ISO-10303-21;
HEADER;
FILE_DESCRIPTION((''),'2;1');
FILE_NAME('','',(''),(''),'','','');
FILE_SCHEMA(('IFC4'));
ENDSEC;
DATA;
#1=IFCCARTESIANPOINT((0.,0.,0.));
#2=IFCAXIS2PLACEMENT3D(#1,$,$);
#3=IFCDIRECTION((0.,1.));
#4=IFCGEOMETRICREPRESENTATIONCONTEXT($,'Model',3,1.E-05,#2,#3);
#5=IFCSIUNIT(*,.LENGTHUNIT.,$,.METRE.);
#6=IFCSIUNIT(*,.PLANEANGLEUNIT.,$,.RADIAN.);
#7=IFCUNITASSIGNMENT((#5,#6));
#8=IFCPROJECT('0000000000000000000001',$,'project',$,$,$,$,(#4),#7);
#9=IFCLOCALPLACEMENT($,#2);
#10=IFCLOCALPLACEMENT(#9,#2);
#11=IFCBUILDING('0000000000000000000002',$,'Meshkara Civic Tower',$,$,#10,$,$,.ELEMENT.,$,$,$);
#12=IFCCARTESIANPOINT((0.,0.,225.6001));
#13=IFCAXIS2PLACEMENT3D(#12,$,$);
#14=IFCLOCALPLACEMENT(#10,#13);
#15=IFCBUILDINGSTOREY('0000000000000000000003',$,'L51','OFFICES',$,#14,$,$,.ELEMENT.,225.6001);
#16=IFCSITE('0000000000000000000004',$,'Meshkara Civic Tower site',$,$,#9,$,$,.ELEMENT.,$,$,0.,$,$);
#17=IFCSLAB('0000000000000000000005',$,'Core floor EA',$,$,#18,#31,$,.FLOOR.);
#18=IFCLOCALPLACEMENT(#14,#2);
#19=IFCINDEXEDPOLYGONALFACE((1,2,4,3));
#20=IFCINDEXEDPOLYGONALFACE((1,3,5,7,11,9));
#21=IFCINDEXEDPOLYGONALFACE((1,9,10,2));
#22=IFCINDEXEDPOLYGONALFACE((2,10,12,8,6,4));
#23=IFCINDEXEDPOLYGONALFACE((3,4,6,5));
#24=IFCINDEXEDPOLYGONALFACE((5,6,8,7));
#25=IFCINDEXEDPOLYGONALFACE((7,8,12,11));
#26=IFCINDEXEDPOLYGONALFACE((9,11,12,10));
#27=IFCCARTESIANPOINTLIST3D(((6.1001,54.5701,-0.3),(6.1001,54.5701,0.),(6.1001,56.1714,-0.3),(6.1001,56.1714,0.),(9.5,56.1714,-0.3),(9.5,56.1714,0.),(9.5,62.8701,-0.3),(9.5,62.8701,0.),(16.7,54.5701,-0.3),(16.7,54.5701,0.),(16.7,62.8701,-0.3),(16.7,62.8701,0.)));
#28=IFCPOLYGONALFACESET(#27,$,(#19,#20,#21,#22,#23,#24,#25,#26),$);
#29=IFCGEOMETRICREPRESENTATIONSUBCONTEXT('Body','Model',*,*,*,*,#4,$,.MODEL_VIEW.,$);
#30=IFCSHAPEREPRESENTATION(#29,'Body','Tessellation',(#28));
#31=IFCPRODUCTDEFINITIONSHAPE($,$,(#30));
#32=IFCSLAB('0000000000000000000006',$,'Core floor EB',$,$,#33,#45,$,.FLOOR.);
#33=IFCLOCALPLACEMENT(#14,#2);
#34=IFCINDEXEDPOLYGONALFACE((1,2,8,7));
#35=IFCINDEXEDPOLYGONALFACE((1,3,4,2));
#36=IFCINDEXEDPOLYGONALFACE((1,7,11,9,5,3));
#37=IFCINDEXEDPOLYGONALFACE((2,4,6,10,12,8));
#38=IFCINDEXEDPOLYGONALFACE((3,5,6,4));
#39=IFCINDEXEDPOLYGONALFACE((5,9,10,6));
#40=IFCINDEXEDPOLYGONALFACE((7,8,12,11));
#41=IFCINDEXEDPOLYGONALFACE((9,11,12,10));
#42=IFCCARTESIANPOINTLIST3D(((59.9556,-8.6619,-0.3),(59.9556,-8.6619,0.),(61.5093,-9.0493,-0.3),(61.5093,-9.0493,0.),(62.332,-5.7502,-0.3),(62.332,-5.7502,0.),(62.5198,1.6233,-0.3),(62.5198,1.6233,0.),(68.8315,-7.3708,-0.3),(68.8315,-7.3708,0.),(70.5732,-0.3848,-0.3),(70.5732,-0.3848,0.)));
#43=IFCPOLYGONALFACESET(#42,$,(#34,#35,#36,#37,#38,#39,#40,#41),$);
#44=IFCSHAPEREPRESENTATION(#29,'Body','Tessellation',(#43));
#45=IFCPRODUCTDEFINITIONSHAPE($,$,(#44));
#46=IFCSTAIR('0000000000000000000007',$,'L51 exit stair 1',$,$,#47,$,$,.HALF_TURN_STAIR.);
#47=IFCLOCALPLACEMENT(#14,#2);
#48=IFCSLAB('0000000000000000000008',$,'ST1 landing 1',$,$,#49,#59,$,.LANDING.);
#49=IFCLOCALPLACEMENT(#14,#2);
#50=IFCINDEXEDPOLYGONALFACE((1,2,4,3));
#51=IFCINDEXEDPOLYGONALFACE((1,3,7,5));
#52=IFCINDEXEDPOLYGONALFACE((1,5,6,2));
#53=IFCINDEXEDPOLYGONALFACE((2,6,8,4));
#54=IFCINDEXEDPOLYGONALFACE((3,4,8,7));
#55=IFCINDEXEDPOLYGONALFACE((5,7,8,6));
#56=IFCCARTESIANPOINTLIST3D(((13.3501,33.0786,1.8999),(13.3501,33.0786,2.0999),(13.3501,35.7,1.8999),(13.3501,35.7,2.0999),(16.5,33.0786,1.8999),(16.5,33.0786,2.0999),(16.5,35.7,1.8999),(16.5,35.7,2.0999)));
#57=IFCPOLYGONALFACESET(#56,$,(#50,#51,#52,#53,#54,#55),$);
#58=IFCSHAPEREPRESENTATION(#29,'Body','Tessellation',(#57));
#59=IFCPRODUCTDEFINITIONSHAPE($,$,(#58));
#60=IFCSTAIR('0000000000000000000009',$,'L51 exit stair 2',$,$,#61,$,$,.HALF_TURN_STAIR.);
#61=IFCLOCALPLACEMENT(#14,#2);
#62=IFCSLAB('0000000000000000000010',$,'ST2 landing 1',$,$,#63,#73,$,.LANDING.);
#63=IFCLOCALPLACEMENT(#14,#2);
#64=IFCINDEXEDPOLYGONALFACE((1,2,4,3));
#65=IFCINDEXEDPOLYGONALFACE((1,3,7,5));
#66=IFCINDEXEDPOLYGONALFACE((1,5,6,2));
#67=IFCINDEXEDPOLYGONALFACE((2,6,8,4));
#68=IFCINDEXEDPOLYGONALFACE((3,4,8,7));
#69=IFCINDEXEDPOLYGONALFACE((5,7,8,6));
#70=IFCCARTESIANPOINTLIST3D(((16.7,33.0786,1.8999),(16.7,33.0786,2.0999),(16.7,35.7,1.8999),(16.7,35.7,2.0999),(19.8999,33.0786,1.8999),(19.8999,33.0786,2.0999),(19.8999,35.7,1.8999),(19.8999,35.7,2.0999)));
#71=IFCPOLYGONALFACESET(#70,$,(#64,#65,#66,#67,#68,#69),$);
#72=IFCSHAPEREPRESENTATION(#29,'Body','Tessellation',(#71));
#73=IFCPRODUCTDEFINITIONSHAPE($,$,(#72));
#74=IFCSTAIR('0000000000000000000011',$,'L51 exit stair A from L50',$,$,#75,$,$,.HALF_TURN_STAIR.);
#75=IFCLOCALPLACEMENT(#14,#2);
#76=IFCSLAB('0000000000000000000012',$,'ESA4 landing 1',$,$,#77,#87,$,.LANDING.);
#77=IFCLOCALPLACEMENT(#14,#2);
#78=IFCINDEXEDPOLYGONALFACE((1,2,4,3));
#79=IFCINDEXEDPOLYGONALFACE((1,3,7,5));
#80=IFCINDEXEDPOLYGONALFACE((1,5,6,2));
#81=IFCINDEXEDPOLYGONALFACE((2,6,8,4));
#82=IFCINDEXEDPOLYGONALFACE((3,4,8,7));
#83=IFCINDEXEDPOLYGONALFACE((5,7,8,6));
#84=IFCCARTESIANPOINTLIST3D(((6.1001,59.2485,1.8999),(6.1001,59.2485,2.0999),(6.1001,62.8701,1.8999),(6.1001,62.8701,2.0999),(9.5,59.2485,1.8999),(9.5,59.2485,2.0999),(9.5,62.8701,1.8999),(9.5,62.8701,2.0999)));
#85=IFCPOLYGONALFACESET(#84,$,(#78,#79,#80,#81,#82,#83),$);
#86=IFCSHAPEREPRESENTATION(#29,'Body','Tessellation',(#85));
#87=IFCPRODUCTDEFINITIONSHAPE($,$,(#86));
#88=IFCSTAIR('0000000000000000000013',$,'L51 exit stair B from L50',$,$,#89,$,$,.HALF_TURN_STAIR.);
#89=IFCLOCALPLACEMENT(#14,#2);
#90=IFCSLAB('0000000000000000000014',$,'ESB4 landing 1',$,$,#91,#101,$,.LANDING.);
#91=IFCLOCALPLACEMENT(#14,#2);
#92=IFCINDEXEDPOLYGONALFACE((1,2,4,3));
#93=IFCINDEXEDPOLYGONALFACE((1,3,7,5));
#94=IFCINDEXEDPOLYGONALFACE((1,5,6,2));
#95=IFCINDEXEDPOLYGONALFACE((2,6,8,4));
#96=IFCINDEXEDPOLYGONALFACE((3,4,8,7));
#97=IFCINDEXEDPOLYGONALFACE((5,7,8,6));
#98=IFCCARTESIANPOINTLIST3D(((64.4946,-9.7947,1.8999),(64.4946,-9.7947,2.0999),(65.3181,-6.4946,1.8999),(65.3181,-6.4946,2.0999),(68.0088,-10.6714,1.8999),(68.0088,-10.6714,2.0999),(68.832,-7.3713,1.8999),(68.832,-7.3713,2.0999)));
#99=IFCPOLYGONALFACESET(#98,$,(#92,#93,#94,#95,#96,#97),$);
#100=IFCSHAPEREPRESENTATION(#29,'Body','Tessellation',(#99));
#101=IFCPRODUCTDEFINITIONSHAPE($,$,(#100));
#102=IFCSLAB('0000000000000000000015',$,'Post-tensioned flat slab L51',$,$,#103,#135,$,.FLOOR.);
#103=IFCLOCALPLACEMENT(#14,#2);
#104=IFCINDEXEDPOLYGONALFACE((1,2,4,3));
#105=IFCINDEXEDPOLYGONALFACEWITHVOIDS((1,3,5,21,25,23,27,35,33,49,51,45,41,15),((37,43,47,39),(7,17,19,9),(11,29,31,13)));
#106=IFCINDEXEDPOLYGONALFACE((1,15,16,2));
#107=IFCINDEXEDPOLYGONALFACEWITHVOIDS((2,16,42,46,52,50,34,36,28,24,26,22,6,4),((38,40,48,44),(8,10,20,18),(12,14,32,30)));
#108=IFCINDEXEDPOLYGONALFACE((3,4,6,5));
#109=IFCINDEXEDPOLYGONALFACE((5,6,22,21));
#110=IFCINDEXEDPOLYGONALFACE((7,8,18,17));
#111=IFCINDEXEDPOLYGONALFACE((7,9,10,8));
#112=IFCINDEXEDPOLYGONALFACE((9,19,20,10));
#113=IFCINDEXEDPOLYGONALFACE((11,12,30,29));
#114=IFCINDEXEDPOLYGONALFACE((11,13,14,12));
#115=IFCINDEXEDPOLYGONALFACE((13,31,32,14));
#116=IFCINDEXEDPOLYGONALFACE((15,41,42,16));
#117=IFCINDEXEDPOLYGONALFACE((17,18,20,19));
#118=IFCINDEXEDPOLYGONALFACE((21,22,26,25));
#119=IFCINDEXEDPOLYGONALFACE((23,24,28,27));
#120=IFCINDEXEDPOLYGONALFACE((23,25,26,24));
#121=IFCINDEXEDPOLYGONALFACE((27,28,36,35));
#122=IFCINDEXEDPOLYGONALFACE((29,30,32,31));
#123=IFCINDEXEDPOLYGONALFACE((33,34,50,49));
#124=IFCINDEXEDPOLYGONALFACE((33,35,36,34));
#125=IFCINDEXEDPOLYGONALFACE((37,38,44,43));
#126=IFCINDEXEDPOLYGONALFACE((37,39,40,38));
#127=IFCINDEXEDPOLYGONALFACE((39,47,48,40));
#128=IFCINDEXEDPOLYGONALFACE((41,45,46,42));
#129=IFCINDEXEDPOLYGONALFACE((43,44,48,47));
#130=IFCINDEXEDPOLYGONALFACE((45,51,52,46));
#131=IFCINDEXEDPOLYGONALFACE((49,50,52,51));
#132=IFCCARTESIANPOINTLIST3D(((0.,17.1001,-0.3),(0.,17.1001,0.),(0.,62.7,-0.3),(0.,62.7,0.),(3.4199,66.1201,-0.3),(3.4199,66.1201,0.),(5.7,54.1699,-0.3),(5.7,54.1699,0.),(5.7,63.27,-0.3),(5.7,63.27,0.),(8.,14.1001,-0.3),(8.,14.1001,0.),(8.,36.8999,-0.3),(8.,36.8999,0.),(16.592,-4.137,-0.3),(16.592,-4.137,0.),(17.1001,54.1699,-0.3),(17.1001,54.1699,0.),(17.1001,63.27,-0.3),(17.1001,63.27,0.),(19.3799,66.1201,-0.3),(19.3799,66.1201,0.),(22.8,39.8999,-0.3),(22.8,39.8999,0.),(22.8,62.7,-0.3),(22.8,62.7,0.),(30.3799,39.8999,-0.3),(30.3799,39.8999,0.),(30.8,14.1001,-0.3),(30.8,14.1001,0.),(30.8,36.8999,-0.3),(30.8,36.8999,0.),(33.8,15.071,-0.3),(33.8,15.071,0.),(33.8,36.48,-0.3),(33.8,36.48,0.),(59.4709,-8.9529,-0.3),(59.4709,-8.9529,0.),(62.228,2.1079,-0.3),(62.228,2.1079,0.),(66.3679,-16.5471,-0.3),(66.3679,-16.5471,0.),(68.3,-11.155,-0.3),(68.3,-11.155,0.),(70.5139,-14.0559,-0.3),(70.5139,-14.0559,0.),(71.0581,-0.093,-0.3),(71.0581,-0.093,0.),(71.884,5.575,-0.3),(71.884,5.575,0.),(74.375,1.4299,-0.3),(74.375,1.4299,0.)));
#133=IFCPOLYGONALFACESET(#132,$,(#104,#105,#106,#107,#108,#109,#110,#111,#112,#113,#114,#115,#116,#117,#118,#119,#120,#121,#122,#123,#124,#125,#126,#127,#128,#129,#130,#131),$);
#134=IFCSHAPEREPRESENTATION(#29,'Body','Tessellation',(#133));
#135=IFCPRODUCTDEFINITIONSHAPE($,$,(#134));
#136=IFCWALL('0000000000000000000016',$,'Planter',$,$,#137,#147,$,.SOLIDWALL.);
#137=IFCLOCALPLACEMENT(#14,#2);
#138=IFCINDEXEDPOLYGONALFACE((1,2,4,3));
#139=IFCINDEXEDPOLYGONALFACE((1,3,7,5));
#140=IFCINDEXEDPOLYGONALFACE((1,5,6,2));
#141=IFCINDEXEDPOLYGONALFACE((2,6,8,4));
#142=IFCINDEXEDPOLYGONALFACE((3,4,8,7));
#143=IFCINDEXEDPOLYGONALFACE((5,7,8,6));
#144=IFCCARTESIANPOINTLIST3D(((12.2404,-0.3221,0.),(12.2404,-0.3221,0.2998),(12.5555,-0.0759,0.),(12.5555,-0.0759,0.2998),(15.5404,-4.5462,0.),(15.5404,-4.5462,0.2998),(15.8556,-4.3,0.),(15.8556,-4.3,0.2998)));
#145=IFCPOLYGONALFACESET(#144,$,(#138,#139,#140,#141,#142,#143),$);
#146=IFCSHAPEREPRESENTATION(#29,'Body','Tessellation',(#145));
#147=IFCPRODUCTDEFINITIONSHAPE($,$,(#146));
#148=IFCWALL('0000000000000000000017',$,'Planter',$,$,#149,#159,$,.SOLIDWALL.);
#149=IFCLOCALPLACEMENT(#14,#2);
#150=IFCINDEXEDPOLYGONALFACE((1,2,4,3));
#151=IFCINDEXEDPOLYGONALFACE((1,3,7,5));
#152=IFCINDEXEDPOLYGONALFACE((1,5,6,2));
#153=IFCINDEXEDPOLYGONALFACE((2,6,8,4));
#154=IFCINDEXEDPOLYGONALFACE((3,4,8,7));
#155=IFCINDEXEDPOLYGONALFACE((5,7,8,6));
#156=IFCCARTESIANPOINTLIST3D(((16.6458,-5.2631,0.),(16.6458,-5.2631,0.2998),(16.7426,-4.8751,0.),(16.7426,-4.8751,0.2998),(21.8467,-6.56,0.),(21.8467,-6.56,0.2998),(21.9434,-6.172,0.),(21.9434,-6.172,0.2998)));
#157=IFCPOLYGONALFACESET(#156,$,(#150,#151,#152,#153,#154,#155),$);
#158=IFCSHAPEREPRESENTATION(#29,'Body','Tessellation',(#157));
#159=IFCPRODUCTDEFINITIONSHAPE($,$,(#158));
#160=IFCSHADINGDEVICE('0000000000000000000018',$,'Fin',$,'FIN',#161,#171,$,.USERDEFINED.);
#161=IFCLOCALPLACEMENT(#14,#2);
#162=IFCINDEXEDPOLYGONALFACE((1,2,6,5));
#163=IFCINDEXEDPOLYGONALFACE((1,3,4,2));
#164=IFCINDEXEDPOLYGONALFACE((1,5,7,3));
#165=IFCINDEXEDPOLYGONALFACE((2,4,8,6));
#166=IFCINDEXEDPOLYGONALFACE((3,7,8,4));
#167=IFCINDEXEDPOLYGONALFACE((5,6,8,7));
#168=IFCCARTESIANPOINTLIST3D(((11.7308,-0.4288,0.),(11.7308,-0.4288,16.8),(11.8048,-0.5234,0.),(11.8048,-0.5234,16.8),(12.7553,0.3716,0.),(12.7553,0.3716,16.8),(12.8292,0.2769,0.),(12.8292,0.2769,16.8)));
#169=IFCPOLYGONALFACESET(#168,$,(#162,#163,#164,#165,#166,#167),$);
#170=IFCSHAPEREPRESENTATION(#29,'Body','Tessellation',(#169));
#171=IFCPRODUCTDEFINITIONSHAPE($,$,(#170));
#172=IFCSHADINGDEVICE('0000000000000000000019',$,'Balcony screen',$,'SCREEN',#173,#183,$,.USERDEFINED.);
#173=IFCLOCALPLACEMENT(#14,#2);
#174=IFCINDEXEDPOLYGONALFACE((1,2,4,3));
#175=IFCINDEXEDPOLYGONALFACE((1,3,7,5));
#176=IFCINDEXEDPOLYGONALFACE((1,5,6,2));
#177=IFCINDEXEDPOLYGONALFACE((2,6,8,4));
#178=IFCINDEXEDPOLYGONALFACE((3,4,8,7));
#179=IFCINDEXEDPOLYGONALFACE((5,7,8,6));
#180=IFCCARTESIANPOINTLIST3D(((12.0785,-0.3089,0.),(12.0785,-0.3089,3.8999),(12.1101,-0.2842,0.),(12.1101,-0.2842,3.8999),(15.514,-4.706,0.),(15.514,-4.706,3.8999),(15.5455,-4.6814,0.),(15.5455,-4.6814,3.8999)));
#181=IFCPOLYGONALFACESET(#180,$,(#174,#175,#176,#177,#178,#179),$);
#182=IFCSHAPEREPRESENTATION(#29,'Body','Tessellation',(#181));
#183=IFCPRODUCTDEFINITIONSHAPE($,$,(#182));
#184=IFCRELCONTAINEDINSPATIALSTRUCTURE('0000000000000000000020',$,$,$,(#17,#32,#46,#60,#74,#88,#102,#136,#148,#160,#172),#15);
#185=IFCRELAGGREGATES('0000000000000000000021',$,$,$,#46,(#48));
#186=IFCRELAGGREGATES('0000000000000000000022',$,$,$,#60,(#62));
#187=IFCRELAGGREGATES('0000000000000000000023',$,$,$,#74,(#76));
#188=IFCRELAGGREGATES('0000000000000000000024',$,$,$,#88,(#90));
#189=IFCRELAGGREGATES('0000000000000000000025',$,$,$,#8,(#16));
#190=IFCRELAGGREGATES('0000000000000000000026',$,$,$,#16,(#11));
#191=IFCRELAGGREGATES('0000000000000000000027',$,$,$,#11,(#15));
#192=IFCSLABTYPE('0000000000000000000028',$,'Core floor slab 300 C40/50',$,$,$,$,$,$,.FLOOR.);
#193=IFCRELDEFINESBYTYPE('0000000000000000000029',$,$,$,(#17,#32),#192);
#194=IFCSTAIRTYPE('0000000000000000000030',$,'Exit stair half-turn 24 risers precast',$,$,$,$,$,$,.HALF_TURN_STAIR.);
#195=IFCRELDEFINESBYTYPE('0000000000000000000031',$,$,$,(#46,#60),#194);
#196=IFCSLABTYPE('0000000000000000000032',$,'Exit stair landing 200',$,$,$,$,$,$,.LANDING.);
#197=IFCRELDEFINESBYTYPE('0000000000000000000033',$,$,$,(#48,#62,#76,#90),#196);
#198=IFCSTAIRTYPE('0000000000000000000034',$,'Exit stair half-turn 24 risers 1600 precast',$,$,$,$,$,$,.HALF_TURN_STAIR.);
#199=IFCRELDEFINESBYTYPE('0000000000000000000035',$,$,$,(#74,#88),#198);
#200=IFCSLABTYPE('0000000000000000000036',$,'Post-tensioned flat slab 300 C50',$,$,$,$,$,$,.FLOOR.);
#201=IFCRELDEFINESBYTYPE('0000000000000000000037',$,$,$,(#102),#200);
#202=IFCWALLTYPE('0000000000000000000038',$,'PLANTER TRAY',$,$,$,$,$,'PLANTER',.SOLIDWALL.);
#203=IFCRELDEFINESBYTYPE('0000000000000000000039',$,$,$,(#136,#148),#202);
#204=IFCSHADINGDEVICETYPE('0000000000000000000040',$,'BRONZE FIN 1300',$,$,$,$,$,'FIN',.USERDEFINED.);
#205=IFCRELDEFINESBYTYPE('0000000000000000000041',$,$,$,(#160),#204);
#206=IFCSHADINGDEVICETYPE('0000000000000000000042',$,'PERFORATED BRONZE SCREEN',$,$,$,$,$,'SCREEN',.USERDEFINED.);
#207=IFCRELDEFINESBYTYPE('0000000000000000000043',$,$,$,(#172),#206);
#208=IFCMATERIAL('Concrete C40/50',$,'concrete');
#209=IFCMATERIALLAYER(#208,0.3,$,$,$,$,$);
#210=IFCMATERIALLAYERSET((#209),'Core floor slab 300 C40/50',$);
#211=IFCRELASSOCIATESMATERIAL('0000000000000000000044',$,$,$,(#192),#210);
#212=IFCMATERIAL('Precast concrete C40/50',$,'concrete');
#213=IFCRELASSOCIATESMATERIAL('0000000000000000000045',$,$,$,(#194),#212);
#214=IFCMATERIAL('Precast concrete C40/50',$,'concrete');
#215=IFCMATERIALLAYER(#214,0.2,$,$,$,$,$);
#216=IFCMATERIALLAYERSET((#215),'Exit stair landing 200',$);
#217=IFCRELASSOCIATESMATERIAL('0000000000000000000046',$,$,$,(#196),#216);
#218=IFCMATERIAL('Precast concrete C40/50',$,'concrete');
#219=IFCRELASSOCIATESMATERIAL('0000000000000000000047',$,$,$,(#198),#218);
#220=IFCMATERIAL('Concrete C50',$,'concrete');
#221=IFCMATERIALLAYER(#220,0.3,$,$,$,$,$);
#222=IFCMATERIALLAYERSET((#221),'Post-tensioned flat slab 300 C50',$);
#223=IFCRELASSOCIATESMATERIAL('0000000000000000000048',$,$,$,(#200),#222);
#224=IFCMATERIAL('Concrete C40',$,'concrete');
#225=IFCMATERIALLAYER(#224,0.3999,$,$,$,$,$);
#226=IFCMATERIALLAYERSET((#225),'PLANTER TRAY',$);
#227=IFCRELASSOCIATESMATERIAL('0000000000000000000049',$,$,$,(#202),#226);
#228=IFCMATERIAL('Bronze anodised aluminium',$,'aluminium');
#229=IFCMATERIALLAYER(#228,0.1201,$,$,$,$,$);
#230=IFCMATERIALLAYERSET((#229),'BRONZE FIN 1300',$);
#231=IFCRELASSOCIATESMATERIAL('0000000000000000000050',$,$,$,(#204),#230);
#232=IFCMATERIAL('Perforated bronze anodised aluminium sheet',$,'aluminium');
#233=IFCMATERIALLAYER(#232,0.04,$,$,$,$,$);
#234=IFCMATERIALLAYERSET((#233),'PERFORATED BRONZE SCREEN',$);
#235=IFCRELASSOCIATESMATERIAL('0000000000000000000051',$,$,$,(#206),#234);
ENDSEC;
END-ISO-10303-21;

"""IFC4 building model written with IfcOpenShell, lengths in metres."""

from ifc_helpers import new_model, si_unit, direction, frame, frame_2d, origin, origin_2d, place, context, subcontext, project, spatial, polyline, rectangle, outline, extrude, material, layer, layer_set, type_object, element, aggregate, save


model = new_model("IFC4")

# Units and contexts
model_context = context("Model", 3, precision=1e-05, world=origin(), true_north=direction((0.0, 1.0)))
body_context = subcontext(model_context, "Body", "Model", "MODEL_VIEW")
ifc_project = project(units=[si_unit("LENGTHUNIT", "METRE"), si_unit("PLANEANGLEUNIT", "RADIAN")], contexts=[model_context])

# Site, building, storey
site_placement = place(None, origin())
site = spatial("IfcSite", under=ifc_project, at=site_placement, Name="Meshkara Civic Tower site", CompositionType="ELEMENT", RefElevation=0.0)
building_placement = place(site_placement, origin())
building = spatial("IfcBuilding", under=site, at=building_placement, Name="Meshkara Civic Tower", CompositionType="ELEMENT")
storey_placement = place(building_placement, frame((0.0, 0.0, 225.6001)))
storey = spatial("IfcBuildingStorey", under=building, at=storey_placement, Name="L51", Description="OFFICES", CompositionType="ELEMENT", Elevation=225.6001)

# Slabs
ifc_material_1 = material(Name="Concrete C40/50", Category="concrete")
ifc_layer_1 = layer(ifc_material_1, 0.3)
ifc_layer_set_1 = layer_set([ifc_layer_1], Name="Core floor slab 300 C40/50")
slab_type_1 = type_object("IfcSlabType", Name="Core floor slab 300 C40/50", PredefinedType="FLOOR", material=ifc_layer_set_1)
slab_1_placement = place(storey_placement, frame((0.0, 0.0, -0.3)))
element("IfcSlab", 1, at=slab_1_placement, inside=storey, type_object=slab_type_1, Name="Core floor EA", PredefinedType="FLOOR", context=body_context, shape_type="SweptSolid", body=[
    extrude(outline(polyline([(16.7, 54.5701), (16.7, 62.8701), (9.5, 62.8701), (9.5, 56.1714), (6.1001, 56.1714), (6.1001, 54.5701), (16.7, 54.5701)])), origin(), (0.0, 0.0, 1.0), 0.3),
])
slab_2_placement = place(storey_placement, frame((0.0, 0.0, -0.3)))
element("IfcSlab", 2, at=slab_2_placement, inside=storey, type_object=slab_type_1, Name="Core floor EB", PredefinedType="FLOOR", context=body_context, shape_type="SweptSolid", body=[
    extrude(outline(polyline([(62.5198, 1.6233), (70.5732, -0.3848), (68.8315, -7.3708), (62.332, -5.7502), (61.5093, -9.0493), (59.9556, -8.6619), (62.5198, 1.6233)])), origin(), (0.0, 0.0, 1.0), 0.3),
])

# Stairs, slabs
ifc_material_2 = material(Name="Precast concrete C40/50", Category="concrete")
stair_type_1 = type_object("IfcStairType", Name="Exit stair half-turn 24 risers precast", PredefinedType="HALF_TURN_STAIR", material=ifc_material_2)
stair_1_placement = place(storey_placement, origin())
stair_1 = element("IfcStair", 3, at=stair_1_placement, inside=storey, type_object=stair_type_1, Name="L51 exit stair 1", PredefinedType="HALF_TURN_STAIR")
ifc_material_3 = material(Name="Precast concrete C40/50", Category="concrete")
ifc_layer_2 = layer(ifc_material_3, 0.2)
ifc_layer_set_2 = layer_set([ifc_layer_2], Name="Exit stair landing 200")
slab_type_2 = type_object("IfcSlabType", Name="Exit stair landing 200", PredefinedType="LANDING", material=ifc_layer_set_2)
slab_3_placement = place(storey_placement, frame((0.0, 0.0, 1.8999)))
slab_3 = element("IfcSlab", 4, at=slab_3_placement, type_object=slab_type_2, Name="ST1 landing 1", PredefinedType="LANDING", context=body_context, shape_type="SweptSolid", body=[
    extrude(outline(polyline([(16.5, 33.0786), (16.5, 35.7), (13.3501, 35.7), (13.3501, 33.0786), (16.5, 33.0786)])), origin(), (0.0, 0.0, 1.0), 0.2),
])
aggregate(stair_1, [slab_3])
stair_2_placement = place(storey_placement, origin())
stair_2 = element("IfcStair", 5, at=stair_2_placement, inside=storey, type_object=stair_type_1, Name="L51 exit stair 2", PredefinedType="HALF_TURN_STAIR")
slab_4_placement = place(storey_placement, frame((0.0, 0.0, 1.8999)))
slab_4 = element("IfcSlab", 6, at=slab_4_placement, type_object=slab_type_2, Name="ST2 landing 1", PredefinedType="LANDING", context=body_context, shape_type="SweptSolid", body=[
    extrude(outline(polyline([(19.8999, 33.0786), (19.8999, 35.7), (16.7, 35.7), (16.7, 33.0786), (19.8999, 33.0786)])), origin(), (0.0, 0.0, 1.0), 0.2),
])
aggregate(stair_2, [slab_4])
ifc_material_4 = material(Name="Precast concrete C40/50", Category="concrete")
stair_type_2 = type_object("IfcStairType", Name="Exit stair half-turn 24 risers 1600 precast", PredefinedType="HALF_TURN_STAIR", material=ifc_material_4)
stair_3_placement = place(storey_placement, origin())
stair_3 = element("IfcStair", 7, at=stair_3_placement, inside=storey, type_object=stair_type_2, Name="L51 exit stair A from L50", PredefinedType="HALF_TURN_STAIR")
slab_5_placement = place(storey_placement, frame((0.0, 0.0, 1.8999)))
slab_5 = element("IfcSlab", 8, at=slab_5_placement, type_object=slab_type_2, Name="ESA4 landing 1", PredefinedType="LANDING", context=body_context, shape_type="SweptSolid", body=[
    extrude(outline(polyline([(9.5, 59.2485), (9.5, 62.8701), (6.1001, 62.8701), (6.1001, 59.2485), (9.5, 59.2485)])), origin(), (0.0, 0.0, 1.0), 0.2),
])
aggregate(stair_3, [slab_5])
stair_4_placement = place(storey_placement, origin())
stair_4 = element("IfcStair", 9, at=stair_4_placement, inside=storey, type_object=stair_type_2, Name="L51 exit stair B from L50", PredefinedType="HALF_TURN_STAIR")
slab_6_placement = place(storey_placement, frame((0.0, 0.0, 1.8999)))
slab_6 = element("IfcSlab", 10, at=slab_6_placement, type_object=slab_type_2, Name="ESB4 landing 1", PredefinedType="LANDING", context=body_context, shape_type="SweptSolid", body=[
    extrude(outline(polyline([(64.4946, -9.7947), (68.0088, -10.6714), (68.832, -7.3713), (65.3181, -6.4946), (64.4946, -9.7947)])), origin(), (0.0, 0.0, 1.0), 0.2),
])
aggregate(stair_4, [slab_6])

# Slab
ifc_material_5 = material(Name="Concrete C50", Category="concrete")
ifc_layer_3 = layer(ifc_material_5, 0.3)
ifc_layer_set_3 = layer_set([ifc_layer_3], Name="Post-tensioned flat slab 300 C50")
slab_type_3 = type_object("IfcSlabType", Name="Post-tensioned flat slab 300 C50", PredefinedType="FLOOR", material=ifc_layer_set_3)
slab_7_placement = place(storey_placement, frame((0.0, 0.0, -0.3)))
element("IfcSlab", 11, at=slab_7_placement, inside=storey, type_object=slab_type_3, Name="Post-tensioned flat slab L51", PredefinedType="FLOOR", context=body_context, shape_type="SweptSolid", body=[
    extrude(outline(polyline([(70.5139, -14.0559), (66.3679, -16.5471), (16.592, -4.137), (0.0, 17.1001), (0.0, 62.7), (3.4199, 66.1201), (19.3799, 66.1201), (22.8, 62.7), (22.8, 39.8999), (30.3799, 39.8999), (33.8, 36.48), (33.8, 15.071), (71.884, 5.575), (74.375, 1.4299), (70.5139, -14.0559)]), holes=[polyline([(68.3, -11.155), (71.0581, -0.093), (62.228, 2.1079), (59.4709, -8.9529), (68.3, -11.155)]), polyline([(8.0, 14.1001), (30.8, 14.1001), (30.8, 36.8999), (8.0, 36.8999), (8.0, 14.1001)]), polyline([(5.7, 63.27), (5.7, 54.1699), (17.1001, 54.1699), (17.1001, 63.27), (5.7, 63.27)])]), origin(), (0.0, 0.0, 1.0), 0.3),
])

# Walls
ifc_material_6 = material(Name="Concrete C40", Category="concrete")
ifc_layer_4 = layer(ifc_material_6, 0.3999)
ifc_layer_set_4 = layer_set([ifc_layer_4], Name="PLANTER TRAY")
wall_type_1 = type_object("IfcWallType", Name="PLANTER TRAY", ElementType="PLANTER", PredefinedType="SOLIDWALL", material=ifc_layer_set_4)
wall_1_placement = place(storey_placement, frame((12.3979, -0.199, 0.0), z_axis=(0.0, 0.0, 1.0), x_axis=(0.615639, -0.788029, 0.0)))
element("IfcWall", 12, at=wall_1_placement, inside=storey, type_object=wall_type_1, Name="Planter", PredefinedType="SOLIDWALL", context=body_context, shape_type="SweptSolid", body=[
    extrude(rectangle(XDim=5.3604, YDim=0.3999, at=frame_2d((2.6802, 0.0))), origin(), (0.0, 0.0, 1.0), 0.2998),
])
wall_2_placement = place(storey_placement, frame((16.6941, -5.0691, 0.0), z_axis=(0.0, 0.0, 1.0), x_axis=(0.97029, -0.241946, 0.0)))
element("IfcWall", 13, at=wall_2_placement, inside=storey, type_object=wall_type_1, Name="Planter", PredefinedType="SOLIDWALL", context=body_context, shape_type="SweptSolid", body=[
    extrude(rectangle(XDim=5.3601, YDim=0.3999, at=frame_2d((2.6802, 0.0))), origin(), (0.0, 0.0, 1.0), 0.2998),
])

# Shading devices
ifc_material_7 = material(Name="Bronze anodised aluminium", Category="aluminium")
ifc_layer_5 = layer(ifc_material_7, 0.1201)
ifc_layer_set_5 = layer_set([ifc_layer_5], Name="BRONZE FIN 1300")
shading_device_type_1 = type_object("IfcShadingDeviceType", Name="BRONZE FIN 1300", ElementType="FIN", PredefinedType="USERDEFINED", material=ifc_layer_set_5)
shading_device_1_placement = place(storey_placement, frame((12.28, -0.0759, 0.0), z_axis=(0.0, 0.0, 1.0), x_axis=(0.615661, -0.788011, 0.0)))
element("IfcShadingDevice", 14, at=shading_device_1_placement, inside=storey, type_object=shading_device_type_1, Name="Fin", ObjectType="FIN", PredefinedType="USERDEFINED", context=body_context, shape_type="SweptSolid", body=[
    extrude(rectangle(XDim=0.1201, YDim=1.3, at=origin_2d()), origin(), (0.0, 0.0, 1.0), 16.8),
])
ifc_material_8 = material(Name="Perforated bronze anodised aluminium sheet", Category="aluminium")
ifc_layer_6 = layer(ifc_material_8, 0.04)
ifc_layer_set_6 = layer_set([ifc_layer_6], Name="PERFORATED BRONZE SCREEN")
shading_device_type_2 = type_object("IfcShadingDeviceType", Name="PERFORATED BRONZE SCREEN", ElementType="SCREEN", PredefinedType="USERDEFINED", material=ifc_layer_set_6)
shading_device_2_placement = place(storey_placement, frame((13.812, -2.4951, 0.0), z_axis=(0.0, 0.0, 1.0), x_axis=(0.615661, -0.788011, 0.0)))
element("IfcShadingDevice", 15, at=shading_device_2_placement, inside=storey, type_object=shading_device_type_2, Name="Balcony screen", ObjectType="SCREEN", PredefinedType="USERDEFINED", context=body_context, shape_type="SweptSolid", body=[
    extrude(rectangle(XDim=5.5801, YDim=0.04, at=origin_2d()), origin(), (0.0, 0.0, 1.0), 3.8999),
])

save(model, "model.ifc")
